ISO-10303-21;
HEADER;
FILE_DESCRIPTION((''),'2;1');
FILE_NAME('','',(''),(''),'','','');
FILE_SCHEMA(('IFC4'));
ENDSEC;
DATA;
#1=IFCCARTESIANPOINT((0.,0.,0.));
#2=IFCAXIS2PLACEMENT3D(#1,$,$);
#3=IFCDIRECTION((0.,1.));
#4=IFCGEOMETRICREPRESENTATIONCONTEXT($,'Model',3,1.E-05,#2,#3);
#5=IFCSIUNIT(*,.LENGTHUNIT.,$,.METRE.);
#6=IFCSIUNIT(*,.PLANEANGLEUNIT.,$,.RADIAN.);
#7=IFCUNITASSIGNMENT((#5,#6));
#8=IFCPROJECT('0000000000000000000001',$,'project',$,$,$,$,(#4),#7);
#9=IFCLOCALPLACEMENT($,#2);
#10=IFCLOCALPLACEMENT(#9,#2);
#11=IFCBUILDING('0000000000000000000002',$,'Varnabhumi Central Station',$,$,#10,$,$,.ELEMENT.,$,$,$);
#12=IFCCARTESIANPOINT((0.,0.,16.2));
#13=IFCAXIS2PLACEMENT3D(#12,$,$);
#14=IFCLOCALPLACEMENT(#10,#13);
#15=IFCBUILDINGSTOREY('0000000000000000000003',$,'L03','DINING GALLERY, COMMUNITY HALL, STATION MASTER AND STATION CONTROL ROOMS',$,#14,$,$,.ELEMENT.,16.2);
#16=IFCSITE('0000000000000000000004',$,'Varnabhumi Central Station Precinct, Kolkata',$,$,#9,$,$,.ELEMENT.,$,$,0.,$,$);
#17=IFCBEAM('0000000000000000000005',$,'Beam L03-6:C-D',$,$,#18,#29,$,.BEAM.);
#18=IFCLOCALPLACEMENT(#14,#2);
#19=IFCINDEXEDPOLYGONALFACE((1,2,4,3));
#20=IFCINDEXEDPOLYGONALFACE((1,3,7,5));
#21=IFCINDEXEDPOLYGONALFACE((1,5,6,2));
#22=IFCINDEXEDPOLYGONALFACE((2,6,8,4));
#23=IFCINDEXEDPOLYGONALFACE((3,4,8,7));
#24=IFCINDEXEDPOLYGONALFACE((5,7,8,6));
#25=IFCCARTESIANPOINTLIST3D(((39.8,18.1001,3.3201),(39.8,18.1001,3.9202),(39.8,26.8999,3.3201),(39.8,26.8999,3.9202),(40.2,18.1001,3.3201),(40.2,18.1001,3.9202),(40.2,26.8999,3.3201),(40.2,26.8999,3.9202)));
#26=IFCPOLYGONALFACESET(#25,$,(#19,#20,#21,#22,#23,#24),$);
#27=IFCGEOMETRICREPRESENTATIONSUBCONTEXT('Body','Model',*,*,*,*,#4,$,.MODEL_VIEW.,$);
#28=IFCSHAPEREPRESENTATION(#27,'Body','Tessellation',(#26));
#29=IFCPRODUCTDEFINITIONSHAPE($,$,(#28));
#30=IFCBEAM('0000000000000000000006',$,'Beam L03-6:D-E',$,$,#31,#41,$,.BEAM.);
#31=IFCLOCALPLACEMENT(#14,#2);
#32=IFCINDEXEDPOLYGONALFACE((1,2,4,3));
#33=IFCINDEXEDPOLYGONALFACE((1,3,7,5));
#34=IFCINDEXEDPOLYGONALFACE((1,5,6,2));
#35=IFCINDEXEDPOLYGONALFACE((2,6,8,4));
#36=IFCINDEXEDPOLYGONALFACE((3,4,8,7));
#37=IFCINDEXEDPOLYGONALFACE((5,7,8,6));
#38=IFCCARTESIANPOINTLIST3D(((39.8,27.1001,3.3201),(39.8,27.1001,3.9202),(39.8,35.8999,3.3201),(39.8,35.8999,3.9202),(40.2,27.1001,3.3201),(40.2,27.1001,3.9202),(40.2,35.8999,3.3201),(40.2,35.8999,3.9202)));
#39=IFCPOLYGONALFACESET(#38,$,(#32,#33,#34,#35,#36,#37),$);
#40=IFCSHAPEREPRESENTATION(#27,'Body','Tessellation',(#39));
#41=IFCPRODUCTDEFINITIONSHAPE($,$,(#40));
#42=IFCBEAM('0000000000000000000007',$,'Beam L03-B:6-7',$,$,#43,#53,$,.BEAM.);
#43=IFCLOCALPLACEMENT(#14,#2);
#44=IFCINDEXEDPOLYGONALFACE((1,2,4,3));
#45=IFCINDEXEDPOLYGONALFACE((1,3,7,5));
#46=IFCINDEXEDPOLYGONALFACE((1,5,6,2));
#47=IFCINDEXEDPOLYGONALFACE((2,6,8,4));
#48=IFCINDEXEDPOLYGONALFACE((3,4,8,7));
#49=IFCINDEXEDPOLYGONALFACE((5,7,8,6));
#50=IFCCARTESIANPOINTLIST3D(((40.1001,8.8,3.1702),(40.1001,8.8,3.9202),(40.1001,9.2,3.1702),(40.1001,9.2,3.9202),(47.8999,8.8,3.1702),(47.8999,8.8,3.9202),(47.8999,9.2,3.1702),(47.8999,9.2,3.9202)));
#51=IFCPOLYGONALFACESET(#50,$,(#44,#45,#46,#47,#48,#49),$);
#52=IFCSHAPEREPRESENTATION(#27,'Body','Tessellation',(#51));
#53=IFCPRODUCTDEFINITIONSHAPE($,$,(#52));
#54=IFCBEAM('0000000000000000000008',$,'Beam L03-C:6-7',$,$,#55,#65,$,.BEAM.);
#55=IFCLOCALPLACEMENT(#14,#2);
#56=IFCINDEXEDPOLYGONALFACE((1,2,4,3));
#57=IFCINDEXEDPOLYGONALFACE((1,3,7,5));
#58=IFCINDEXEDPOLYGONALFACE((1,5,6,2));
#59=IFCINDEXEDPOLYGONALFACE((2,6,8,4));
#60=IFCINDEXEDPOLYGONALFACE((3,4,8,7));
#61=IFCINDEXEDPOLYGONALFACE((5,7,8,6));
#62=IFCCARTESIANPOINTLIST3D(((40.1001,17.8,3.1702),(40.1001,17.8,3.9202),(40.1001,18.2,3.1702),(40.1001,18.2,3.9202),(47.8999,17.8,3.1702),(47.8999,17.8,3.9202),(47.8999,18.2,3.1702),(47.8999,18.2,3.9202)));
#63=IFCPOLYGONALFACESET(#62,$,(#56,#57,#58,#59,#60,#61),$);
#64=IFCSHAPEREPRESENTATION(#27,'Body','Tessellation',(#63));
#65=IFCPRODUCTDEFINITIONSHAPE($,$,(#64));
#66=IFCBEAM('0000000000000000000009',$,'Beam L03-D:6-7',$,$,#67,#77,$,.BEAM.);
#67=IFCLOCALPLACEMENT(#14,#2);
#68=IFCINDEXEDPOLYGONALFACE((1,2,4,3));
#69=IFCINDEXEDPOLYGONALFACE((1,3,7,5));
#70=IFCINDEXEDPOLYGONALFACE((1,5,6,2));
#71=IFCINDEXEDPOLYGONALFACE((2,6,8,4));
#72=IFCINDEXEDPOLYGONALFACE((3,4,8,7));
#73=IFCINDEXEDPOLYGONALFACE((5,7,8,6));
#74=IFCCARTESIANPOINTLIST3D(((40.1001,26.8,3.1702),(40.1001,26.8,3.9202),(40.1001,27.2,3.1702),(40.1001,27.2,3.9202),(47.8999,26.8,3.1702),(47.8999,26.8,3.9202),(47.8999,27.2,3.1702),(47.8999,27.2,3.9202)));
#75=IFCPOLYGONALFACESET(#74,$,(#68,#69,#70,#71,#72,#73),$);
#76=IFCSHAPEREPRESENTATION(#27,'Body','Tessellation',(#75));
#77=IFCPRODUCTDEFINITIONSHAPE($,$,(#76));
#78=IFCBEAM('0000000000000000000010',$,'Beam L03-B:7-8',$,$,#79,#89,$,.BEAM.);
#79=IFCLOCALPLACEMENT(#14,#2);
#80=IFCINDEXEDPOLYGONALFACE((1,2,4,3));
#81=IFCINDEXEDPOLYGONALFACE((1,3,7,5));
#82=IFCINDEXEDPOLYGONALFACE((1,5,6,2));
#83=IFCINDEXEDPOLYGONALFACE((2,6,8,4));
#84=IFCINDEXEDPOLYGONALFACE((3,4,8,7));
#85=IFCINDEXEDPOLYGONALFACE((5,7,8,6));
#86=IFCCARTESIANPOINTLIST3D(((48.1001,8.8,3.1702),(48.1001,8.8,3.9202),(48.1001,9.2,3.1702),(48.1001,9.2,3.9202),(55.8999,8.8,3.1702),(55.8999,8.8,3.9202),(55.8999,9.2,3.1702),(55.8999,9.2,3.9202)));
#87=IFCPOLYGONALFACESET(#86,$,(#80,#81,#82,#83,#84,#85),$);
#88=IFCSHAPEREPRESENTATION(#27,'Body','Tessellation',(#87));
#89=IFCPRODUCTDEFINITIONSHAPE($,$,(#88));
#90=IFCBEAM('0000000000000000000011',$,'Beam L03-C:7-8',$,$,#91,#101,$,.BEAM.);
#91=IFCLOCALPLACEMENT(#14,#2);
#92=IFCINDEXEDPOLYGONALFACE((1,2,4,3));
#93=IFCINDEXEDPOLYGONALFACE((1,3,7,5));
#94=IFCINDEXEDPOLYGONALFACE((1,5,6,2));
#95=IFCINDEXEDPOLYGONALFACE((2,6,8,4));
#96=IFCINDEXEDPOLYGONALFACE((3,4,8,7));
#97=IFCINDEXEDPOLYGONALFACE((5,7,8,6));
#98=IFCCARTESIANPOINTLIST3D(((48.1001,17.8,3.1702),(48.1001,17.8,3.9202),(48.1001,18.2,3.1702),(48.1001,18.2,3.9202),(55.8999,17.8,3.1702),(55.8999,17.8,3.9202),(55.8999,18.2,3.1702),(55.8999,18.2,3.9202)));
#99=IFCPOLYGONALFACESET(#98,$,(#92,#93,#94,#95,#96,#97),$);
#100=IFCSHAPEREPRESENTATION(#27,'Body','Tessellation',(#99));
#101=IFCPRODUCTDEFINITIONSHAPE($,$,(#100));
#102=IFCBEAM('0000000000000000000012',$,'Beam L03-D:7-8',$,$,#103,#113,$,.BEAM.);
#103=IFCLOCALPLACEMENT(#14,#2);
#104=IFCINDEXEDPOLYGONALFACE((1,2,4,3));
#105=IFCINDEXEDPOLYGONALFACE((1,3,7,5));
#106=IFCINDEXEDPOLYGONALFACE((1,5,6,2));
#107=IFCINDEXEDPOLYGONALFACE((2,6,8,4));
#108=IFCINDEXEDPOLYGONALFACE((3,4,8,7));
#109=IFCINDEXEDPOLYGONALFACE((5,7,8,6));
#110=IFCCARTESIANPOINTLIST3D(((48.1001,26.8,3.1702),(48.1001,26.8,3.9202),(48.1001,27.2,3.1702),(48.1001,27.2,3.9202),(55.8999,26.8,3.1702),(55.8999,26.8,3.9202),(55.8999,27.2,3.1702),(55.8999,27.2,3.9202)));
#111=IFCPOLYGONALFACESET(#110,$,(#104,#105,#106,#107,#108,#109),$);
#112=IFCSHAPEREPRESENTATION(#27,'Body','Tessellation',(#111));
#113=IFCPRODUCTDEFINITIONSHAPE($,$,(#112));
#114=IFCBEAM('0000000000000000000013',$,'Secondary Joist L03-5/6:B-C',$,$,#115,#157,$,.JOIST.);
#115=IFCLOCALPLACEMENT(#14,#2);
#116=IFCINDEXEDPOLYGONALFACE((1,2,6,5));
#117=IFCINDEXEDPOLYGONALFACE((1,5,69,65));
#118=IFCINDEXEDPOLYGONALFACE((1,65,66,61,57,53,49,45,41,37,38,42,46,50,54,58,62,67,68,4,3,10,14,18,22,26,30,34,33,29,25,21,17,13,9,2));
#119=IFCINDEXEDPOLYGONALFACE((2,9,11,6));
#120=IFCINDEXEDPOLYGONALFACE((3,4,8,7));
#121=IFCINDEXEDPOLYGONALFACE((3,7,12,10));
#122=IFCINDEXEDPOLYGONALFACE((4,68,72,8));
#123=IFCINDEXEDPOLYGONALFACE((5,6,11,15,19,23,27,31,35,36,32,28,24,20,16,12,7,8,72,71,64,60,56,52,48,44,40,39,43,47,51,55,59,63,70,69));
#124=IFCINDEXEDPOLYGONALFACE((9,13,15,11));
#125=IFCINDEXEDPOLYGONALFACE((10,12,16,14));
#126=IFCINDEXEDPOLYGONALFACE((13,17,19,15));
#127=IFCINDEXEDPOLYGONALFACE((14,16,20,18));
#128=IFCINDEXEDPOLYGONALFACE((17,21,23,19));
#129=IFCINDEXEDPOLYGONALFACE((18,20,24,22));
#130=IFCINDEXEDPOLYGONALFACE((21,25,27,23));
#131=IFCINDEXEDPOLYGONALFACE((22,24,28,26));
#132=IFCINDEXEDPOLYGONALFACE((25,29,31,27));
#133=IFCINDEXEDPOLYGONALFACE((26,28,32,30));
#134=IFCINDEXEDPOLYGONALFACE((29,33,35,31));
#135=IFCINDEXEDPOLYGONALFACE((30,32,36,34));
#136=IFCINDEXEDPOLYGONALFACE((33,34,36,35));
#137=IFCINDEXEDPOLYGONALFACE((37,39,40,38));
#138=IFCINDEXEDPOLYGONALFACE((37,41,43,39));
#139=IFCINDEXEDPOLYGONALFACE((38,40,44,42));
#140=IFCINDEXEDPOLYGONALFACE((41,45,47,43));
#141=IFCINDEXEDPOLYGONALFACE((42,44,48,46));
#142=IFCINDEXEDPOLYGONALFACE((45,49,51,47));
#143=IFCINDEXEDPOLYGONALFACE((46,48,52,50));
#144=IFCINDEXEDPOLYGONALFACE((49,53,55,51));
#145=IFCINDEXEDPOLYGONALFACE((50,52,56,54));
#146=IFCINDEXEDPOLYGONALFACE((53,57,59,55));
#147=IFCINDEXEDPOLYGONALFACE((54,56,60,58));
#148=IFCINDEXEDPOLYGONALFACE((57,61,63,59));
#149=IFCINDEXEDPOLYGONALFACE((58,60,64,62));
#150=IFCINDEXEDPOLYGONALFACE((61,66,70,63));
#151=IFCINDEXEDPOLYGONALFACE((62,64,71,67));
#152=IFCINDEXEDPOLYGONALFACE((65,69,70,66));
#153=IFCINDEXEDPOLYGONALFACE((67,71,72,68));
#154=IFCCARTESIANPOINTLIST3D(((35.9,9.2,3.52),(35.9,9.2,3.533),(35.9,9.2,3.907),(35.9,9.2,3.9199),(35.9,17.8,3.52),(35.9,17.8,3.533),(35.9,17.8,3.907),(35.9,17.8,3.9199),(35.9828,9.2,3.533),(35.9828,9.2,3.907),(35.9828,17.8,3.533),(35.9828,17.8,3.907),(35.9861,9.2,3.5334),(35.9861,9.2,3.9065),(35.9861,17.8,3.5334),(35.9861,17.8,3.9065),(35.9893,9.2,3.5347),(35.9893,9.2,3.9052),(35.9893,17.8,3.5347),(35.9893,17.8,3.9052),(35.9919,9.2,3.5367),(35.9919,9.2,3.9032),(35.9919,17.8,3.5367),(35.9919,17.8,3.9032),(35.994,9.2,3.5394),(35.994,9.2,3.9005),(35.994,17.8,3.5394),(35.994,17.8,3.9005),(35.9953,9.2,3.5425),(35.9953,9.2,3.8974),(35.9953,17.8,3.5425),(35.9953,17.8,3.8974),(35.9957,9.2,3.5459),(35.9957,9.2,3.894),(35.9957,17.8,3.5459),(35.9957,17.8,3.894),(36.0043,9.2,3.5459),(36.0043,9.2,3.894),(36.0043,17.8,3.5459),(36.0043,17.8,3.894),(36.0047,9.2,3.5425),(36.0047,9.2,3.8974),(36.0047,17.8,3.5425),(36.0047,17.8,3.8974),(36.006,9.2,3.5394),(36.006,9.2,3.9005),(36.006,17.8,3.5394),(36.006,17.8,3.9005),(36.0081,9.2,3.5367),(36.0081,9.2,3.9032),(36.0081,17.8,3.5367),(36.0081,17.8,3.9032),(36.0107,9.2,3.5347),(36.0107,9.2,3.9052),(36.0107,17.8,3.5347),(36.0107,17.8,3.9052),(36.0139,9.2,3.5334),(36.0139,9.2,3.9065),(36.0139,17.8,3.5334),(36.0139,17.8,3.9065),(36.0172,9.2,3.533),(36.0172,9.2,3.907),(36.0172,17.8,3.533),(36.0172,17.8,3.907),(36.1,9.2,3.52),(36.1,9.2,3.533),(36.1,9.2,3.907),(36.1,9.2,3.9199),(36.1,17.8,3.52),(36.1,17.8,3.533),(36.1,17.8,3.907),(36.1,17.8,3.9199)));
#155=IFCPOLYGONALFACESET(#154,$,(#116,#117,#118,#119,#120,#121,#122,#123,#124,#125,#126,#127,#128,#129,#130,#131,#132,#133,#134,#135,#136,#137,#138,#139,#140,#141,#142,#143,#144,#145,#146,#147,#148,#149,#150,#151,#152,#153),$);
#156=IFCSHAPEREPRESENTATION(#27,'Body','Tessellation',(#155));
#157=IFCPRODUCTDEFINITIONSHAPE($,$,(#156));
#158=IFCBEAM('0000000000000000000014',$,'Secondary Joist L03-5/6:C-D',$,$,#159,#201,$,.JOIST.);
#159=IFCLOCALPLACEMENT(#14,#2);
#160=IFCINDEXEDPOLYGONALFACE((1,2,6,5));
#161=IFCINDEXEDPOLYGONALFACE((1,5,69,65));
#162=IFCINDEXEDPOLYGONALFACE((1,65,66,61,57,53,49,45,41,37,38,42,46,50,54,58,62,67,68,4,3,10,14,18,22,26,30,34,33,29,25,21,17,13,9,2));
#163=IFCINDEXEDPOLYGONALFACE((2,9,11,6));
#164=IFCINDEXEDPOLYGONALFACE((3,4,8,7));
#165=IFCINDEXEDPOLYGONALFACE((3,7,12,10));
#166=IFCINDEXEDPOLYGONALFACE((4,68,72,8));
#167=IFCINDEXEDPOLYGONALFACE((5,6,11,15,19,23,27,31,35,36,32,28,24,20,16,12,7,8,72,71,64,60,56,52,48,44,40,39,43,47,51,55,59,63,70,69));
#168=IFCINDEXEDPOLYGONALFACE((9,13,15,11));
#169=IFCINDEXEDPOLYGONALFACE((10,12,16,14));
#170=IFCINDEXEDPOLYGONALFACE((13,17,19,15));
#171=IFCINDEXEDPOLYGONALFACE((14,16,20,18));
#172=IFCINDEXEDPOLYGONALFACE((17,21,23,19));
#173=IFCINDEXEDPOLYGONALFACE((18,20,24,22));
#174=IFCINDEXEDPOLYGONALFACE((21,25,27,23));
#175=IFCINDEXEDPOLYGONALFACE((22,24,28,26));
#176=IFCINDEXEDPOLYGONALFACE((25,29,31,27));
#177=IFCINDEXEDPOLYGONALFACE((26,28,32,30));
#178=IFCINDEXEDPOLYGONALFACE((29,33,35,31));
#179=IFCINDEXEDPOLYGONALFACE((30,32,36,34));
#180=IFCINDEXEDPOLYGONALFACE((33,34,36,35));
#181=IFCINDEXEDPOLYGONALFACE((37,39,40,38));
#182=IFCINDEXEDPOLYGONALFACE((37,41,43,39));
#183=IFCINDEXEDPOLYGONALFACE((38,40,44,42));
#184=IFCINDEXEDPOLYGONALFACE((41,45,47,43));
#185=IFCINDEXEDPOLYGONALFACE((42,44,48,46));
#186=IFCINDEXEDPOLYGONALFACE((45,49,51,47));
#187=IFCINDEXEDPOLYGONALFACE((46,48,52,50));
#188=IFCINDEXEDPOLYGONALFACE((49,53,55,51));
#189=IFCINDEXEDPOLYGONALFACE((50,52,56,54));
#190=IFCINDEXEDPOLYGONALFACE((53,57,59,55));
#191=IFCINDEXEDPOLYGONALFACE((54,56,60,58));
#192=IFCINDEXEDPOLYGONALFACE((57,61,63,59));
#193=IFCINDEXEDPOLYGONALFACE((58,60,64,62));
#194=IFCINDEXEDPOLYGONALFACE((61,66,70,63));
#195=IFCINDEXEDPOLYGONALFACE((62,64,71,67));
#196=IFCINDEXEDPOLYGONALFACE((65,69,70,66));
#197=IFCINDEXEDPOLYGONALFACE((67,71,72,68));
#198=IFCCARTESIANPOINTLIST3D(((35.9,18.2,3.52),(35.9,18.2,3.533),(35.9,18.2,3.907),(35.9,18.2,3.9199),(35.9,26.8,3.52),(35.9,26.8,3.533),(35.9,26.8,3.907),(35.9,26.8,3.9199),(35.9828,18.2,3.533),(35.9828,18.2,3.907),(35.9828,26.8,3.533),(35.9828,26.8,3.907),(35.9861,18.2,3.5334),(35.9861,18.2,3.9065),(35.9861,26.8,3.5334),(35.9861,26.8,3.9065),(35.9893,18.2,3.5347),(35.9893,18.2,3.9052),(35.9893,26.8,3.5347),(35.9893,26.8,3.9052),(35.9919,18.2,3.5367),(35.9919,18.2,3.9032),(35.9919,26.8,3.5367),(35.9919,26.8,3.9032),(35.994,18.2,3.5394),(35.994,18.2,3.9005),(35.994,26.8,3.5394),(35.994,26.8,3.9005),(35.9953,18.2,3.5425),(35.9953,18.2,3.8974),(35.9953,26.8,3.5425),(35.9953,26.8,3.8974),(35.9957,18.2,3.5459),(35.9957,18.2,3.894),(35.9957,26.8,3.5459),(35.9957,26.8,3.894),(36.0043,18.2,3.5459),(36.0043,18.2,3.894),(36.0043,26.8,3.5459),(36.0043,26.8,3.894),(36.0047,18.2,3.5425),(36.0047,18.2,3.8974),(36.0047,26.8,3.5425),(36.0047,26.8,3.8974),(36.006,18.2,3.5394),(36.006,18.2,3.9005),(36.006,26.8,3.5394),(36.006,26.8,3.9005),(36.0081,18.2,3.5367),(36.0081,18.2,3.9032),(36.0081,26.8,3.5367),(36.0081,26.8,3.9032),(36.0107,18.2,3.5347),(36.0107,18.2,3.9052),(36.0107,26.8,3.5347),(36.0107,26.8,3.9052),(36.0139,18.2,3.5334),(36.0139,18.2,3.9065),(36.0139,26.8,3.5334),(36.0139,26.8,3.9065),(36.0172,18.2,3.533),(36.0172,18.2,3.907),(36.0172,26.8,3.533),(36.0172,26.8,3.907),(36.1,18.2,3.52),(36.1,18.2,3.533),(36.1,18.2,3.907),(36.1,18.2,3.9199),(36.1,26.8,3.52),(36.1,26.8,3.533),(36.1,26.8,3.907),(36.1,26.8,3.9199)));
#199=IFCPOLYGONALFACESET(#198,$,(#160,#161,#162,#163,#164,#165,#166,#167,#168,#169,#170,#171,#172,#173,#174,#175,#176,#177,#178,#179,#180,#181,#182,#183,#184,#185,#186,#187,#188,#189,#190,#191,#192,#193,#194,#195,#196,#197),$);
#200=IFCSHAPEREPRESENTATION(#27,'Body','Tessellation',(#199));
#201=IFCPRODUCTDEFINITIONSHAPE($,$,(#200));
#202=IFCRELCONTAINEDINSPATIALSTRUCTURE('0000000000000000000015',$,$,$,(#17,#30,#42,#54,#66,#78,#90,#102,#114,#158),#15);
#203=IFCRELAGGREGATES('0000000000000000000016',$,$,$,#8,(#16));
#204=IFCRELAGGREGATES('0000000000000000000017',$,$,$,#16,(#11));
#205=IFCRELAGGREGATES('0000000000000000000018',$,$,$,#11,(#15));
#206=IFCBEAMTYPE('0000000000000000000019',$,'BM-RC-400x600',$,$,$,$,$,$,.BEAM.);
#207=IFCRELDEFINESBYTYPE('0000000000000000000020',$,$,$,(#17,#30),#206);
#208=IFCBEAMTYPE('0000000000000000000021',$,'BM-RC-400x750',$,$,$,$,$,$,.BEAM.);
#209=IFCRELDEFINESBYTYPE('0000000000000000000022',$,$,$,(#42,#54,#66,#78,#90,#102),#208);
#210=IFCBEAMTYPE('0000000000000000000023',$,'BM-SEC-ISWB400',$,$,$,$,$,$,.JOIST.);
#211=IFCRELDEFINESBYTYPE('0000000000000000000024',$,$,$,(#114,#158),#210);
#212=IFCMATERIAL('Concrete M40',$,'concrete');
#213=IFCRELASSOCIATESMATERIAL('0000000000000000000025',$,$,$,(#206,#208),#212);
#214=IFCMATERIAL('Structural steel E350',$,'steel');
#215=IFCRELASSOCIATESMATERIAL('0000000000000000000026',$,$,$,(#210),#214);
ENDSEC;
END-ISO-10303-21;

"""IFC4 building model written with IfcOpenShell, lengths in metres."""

from ifc_helpers import new_model, si_unit, direction, frame, origin, origin_2d, place, context, subcontext, project, spatial, rectangle, i_section, extrude, material, material_profile, profile_set, type_object, element, save


model = new_model("IFC4")

# Units and contexts
model_context = context("Model", 3, precision=1e-05, world=origin(), true_north=direction((0.0, 1.0)))
body_context = subcontext(model_context, "Body", "Model", "MODEL_VIEW")
ifc_project = project(units=[si_unit("LENGTHUNIT", "METRE"), si_unit("PLANEANGLEUNIT", "RADIAN")], contexts=[model_context])

# Site, building, storey
site_placement = place(None, origin())
site = spatial("IfcSite", under=ifc_project, at=site_placement, Name="Varnabhumi Central Station Precinct, Kolkata", CompositionType="ELEMENT", RefElevation=0.0)
building_placement = place(site_placement, origin())
building = spatial("IfcBuilding", under=site, at=building_placement, Name="Varnabhumi Central Station", CompositionType="ELEMENT")
storey_placement = place(building_placement, frame((0.0, 0.0, 16.2)))
storey = spatial("IfcBuildingStorey", under=building, at=storey_placement, Name="L03", Description="DINING GALLERY, COMMUNITY HALL, STATION MASTER AND STATION CONTROL ROOMS", CompositionType="ELEMENT", Elevation=16.2)

# Shared definitions
ifc_material_1 = material(Name="Concrete M40", Category="concrete")

# Beams
ifc_material_2 = material(Name="Structural steel E350", Category="steel")
ifc_material_profile_1 = material_profile(ifc_material_1, rectangle(XDim=0.3999, YDim=0.6001, at=origin_2d()), Name="Concrete M40", Category="concrete")
ifc_profile_set_1 = profile_set([ifc_material_profile_1], Name="Concrete M40")
beam_type_1 = type_object("IfcBeamType", Name="BM-RC-400x600", PredefinedType="BEAM", material=ifc_profile_set_1)
for number, where, z_axis, x_axis, name in (
    (1, (40.0, 18.1001, 3.6201), (0.0, 1.0, 0.0), (-1.0, 0.0, 0.0), "Beam L03-6:C-D"),
    (2, (40.0, 27.1001, 3.6201), (0.0, 1.0, 0.0), (-1.0, 0.0, 0.0), "Beam L03-6:D-E"),
):
    element("IfcBeam", number, at=place(storey_placement, frame(where, z_axis=z_axis, x_axis=x_axis)), inside=storey, type_object=beam_type_1, Name=name, PredefinedType="BEAM", context=body_context, shape_type="SweptSolid", body=[
        extrude(rectangle(XDim=0.3999, YDim=0.6001, at=origin_2d()), origin(), (0.0, 0.0, 1.0), 8.7998),
    ])
ifc_material_profile_2 = material_profile(ifc_material_1, rectangle(XDim=0.3999, YDim=0.75, at=origin_2d()), Name="Concrete M40", Category="concrete")
ifc_profile_set_2 = profile_set([ifc_material_profile_2], Name="Concrete M40")
beam_type_2 = type_object("IfcBeamType", Name="BM-RC-400x750", PredefinedType="BEAM", material=ifc_profile_set_2)
for number, where, z_axis, x_axis, name in (
    (3, (40.1001, 9.0, 3.5452), (1.0, 0.0, 0.0), (0.0, 1.0, 0.0), "Beam L03-B:6-7"),
    (4, (40.1001, 18.0, 3.5452), (1.0, 0.0, 0.0), (0.0, 1.0, 0.0), "Beam L03-C:6-7"),
    (5, (40.1001, 27.0, 3.5452), (1.0, 0.0, 0.0), (0.0, 1.0, 0.0), "Beam L03-D:6-7"),
    (6, (48.1001, 9.0, 3.5452), (1.0, 0.0, 0.0), (0.0, 1.0, 0.0), "Beam L03-B:7-8"),
    (7, (48.1001, 18.0, 3.5452), (1.0, 0.0, 0.0), (0.0, 1.0, 0.0), "Beam L03-C:7-8"),
    (8, (48.1001, 27.0, 3.5452), (1.0, 0.0, 0.0), (0.0, 1.0, 0.0), "Beam L03-D:7-8"),
):
    element("IfcBeam", number, at=place(storey_placement, frame(where, z_axis=z_axis, x_axis=x_axis)), inside=storey, type_object=beam_type_2, Name=name, PredefinedType="BEAM", context=body_context, shape_type="SweptSolid", body=[
        extrude(rectangle(XDim=0.3999, YDim=0.75, at=origin_2d()), origin(), (0.0, 0.0, 1.0), 7.7998),
    ])
ifc_material_profile_3 = material_profile(ifc_material_2, i_section(OverallWidth=0.2, OverallDepth=0.3999, WebThickness=0.0085, FlangeThickness=0.0129, FilletRadius=0.0129, at=origin_2d()), Name="Structural steel E350", Category="steel")
ifc_profile_set_3 = profile_set([ifc_material_profile_3], Name="Structural steel E350")
beam_type_3 = type_object("IfcBeamType", Name="BM-SEC-ISWB400", PredefinedType="JOIST", material=ifc_profile_set_3)
for number, where, z_axis, x_axis, name in (
    (9, (36.0, 9.2, 3.72), (0.0, 1.0, 0.0), (-1.0, 0.0, 0.0), "Secondary Joist L03-5/6:B-C"),
    (10, (36.0, 18.2, 3.72), (0.0, 1.0, 0.0), (-1.0, 0.0, 0.0), "Secondary Joist L03-5/6:C-D"),
):
    element("IfcBeam", number, at=place(storey_placement, frame(where, z_axis=z_axis, x_axis=x_axis)), inside=storey, type_object=beam_type_3, Name=name, PredefinedType="JOIST", context=body_context, shape_type="SweptSolid", body=[
        extrude(i_section(OverallWidth=0.2, OverallDepth=0.3999, WebThickness=0.0085, FlangeThickness=0.0129, FilletRadius=0.0129, at=origin_2d()), origin(), (0.0, 0.0, 1.0), 8.6001),
    ])

save(model, "model.ifc")
